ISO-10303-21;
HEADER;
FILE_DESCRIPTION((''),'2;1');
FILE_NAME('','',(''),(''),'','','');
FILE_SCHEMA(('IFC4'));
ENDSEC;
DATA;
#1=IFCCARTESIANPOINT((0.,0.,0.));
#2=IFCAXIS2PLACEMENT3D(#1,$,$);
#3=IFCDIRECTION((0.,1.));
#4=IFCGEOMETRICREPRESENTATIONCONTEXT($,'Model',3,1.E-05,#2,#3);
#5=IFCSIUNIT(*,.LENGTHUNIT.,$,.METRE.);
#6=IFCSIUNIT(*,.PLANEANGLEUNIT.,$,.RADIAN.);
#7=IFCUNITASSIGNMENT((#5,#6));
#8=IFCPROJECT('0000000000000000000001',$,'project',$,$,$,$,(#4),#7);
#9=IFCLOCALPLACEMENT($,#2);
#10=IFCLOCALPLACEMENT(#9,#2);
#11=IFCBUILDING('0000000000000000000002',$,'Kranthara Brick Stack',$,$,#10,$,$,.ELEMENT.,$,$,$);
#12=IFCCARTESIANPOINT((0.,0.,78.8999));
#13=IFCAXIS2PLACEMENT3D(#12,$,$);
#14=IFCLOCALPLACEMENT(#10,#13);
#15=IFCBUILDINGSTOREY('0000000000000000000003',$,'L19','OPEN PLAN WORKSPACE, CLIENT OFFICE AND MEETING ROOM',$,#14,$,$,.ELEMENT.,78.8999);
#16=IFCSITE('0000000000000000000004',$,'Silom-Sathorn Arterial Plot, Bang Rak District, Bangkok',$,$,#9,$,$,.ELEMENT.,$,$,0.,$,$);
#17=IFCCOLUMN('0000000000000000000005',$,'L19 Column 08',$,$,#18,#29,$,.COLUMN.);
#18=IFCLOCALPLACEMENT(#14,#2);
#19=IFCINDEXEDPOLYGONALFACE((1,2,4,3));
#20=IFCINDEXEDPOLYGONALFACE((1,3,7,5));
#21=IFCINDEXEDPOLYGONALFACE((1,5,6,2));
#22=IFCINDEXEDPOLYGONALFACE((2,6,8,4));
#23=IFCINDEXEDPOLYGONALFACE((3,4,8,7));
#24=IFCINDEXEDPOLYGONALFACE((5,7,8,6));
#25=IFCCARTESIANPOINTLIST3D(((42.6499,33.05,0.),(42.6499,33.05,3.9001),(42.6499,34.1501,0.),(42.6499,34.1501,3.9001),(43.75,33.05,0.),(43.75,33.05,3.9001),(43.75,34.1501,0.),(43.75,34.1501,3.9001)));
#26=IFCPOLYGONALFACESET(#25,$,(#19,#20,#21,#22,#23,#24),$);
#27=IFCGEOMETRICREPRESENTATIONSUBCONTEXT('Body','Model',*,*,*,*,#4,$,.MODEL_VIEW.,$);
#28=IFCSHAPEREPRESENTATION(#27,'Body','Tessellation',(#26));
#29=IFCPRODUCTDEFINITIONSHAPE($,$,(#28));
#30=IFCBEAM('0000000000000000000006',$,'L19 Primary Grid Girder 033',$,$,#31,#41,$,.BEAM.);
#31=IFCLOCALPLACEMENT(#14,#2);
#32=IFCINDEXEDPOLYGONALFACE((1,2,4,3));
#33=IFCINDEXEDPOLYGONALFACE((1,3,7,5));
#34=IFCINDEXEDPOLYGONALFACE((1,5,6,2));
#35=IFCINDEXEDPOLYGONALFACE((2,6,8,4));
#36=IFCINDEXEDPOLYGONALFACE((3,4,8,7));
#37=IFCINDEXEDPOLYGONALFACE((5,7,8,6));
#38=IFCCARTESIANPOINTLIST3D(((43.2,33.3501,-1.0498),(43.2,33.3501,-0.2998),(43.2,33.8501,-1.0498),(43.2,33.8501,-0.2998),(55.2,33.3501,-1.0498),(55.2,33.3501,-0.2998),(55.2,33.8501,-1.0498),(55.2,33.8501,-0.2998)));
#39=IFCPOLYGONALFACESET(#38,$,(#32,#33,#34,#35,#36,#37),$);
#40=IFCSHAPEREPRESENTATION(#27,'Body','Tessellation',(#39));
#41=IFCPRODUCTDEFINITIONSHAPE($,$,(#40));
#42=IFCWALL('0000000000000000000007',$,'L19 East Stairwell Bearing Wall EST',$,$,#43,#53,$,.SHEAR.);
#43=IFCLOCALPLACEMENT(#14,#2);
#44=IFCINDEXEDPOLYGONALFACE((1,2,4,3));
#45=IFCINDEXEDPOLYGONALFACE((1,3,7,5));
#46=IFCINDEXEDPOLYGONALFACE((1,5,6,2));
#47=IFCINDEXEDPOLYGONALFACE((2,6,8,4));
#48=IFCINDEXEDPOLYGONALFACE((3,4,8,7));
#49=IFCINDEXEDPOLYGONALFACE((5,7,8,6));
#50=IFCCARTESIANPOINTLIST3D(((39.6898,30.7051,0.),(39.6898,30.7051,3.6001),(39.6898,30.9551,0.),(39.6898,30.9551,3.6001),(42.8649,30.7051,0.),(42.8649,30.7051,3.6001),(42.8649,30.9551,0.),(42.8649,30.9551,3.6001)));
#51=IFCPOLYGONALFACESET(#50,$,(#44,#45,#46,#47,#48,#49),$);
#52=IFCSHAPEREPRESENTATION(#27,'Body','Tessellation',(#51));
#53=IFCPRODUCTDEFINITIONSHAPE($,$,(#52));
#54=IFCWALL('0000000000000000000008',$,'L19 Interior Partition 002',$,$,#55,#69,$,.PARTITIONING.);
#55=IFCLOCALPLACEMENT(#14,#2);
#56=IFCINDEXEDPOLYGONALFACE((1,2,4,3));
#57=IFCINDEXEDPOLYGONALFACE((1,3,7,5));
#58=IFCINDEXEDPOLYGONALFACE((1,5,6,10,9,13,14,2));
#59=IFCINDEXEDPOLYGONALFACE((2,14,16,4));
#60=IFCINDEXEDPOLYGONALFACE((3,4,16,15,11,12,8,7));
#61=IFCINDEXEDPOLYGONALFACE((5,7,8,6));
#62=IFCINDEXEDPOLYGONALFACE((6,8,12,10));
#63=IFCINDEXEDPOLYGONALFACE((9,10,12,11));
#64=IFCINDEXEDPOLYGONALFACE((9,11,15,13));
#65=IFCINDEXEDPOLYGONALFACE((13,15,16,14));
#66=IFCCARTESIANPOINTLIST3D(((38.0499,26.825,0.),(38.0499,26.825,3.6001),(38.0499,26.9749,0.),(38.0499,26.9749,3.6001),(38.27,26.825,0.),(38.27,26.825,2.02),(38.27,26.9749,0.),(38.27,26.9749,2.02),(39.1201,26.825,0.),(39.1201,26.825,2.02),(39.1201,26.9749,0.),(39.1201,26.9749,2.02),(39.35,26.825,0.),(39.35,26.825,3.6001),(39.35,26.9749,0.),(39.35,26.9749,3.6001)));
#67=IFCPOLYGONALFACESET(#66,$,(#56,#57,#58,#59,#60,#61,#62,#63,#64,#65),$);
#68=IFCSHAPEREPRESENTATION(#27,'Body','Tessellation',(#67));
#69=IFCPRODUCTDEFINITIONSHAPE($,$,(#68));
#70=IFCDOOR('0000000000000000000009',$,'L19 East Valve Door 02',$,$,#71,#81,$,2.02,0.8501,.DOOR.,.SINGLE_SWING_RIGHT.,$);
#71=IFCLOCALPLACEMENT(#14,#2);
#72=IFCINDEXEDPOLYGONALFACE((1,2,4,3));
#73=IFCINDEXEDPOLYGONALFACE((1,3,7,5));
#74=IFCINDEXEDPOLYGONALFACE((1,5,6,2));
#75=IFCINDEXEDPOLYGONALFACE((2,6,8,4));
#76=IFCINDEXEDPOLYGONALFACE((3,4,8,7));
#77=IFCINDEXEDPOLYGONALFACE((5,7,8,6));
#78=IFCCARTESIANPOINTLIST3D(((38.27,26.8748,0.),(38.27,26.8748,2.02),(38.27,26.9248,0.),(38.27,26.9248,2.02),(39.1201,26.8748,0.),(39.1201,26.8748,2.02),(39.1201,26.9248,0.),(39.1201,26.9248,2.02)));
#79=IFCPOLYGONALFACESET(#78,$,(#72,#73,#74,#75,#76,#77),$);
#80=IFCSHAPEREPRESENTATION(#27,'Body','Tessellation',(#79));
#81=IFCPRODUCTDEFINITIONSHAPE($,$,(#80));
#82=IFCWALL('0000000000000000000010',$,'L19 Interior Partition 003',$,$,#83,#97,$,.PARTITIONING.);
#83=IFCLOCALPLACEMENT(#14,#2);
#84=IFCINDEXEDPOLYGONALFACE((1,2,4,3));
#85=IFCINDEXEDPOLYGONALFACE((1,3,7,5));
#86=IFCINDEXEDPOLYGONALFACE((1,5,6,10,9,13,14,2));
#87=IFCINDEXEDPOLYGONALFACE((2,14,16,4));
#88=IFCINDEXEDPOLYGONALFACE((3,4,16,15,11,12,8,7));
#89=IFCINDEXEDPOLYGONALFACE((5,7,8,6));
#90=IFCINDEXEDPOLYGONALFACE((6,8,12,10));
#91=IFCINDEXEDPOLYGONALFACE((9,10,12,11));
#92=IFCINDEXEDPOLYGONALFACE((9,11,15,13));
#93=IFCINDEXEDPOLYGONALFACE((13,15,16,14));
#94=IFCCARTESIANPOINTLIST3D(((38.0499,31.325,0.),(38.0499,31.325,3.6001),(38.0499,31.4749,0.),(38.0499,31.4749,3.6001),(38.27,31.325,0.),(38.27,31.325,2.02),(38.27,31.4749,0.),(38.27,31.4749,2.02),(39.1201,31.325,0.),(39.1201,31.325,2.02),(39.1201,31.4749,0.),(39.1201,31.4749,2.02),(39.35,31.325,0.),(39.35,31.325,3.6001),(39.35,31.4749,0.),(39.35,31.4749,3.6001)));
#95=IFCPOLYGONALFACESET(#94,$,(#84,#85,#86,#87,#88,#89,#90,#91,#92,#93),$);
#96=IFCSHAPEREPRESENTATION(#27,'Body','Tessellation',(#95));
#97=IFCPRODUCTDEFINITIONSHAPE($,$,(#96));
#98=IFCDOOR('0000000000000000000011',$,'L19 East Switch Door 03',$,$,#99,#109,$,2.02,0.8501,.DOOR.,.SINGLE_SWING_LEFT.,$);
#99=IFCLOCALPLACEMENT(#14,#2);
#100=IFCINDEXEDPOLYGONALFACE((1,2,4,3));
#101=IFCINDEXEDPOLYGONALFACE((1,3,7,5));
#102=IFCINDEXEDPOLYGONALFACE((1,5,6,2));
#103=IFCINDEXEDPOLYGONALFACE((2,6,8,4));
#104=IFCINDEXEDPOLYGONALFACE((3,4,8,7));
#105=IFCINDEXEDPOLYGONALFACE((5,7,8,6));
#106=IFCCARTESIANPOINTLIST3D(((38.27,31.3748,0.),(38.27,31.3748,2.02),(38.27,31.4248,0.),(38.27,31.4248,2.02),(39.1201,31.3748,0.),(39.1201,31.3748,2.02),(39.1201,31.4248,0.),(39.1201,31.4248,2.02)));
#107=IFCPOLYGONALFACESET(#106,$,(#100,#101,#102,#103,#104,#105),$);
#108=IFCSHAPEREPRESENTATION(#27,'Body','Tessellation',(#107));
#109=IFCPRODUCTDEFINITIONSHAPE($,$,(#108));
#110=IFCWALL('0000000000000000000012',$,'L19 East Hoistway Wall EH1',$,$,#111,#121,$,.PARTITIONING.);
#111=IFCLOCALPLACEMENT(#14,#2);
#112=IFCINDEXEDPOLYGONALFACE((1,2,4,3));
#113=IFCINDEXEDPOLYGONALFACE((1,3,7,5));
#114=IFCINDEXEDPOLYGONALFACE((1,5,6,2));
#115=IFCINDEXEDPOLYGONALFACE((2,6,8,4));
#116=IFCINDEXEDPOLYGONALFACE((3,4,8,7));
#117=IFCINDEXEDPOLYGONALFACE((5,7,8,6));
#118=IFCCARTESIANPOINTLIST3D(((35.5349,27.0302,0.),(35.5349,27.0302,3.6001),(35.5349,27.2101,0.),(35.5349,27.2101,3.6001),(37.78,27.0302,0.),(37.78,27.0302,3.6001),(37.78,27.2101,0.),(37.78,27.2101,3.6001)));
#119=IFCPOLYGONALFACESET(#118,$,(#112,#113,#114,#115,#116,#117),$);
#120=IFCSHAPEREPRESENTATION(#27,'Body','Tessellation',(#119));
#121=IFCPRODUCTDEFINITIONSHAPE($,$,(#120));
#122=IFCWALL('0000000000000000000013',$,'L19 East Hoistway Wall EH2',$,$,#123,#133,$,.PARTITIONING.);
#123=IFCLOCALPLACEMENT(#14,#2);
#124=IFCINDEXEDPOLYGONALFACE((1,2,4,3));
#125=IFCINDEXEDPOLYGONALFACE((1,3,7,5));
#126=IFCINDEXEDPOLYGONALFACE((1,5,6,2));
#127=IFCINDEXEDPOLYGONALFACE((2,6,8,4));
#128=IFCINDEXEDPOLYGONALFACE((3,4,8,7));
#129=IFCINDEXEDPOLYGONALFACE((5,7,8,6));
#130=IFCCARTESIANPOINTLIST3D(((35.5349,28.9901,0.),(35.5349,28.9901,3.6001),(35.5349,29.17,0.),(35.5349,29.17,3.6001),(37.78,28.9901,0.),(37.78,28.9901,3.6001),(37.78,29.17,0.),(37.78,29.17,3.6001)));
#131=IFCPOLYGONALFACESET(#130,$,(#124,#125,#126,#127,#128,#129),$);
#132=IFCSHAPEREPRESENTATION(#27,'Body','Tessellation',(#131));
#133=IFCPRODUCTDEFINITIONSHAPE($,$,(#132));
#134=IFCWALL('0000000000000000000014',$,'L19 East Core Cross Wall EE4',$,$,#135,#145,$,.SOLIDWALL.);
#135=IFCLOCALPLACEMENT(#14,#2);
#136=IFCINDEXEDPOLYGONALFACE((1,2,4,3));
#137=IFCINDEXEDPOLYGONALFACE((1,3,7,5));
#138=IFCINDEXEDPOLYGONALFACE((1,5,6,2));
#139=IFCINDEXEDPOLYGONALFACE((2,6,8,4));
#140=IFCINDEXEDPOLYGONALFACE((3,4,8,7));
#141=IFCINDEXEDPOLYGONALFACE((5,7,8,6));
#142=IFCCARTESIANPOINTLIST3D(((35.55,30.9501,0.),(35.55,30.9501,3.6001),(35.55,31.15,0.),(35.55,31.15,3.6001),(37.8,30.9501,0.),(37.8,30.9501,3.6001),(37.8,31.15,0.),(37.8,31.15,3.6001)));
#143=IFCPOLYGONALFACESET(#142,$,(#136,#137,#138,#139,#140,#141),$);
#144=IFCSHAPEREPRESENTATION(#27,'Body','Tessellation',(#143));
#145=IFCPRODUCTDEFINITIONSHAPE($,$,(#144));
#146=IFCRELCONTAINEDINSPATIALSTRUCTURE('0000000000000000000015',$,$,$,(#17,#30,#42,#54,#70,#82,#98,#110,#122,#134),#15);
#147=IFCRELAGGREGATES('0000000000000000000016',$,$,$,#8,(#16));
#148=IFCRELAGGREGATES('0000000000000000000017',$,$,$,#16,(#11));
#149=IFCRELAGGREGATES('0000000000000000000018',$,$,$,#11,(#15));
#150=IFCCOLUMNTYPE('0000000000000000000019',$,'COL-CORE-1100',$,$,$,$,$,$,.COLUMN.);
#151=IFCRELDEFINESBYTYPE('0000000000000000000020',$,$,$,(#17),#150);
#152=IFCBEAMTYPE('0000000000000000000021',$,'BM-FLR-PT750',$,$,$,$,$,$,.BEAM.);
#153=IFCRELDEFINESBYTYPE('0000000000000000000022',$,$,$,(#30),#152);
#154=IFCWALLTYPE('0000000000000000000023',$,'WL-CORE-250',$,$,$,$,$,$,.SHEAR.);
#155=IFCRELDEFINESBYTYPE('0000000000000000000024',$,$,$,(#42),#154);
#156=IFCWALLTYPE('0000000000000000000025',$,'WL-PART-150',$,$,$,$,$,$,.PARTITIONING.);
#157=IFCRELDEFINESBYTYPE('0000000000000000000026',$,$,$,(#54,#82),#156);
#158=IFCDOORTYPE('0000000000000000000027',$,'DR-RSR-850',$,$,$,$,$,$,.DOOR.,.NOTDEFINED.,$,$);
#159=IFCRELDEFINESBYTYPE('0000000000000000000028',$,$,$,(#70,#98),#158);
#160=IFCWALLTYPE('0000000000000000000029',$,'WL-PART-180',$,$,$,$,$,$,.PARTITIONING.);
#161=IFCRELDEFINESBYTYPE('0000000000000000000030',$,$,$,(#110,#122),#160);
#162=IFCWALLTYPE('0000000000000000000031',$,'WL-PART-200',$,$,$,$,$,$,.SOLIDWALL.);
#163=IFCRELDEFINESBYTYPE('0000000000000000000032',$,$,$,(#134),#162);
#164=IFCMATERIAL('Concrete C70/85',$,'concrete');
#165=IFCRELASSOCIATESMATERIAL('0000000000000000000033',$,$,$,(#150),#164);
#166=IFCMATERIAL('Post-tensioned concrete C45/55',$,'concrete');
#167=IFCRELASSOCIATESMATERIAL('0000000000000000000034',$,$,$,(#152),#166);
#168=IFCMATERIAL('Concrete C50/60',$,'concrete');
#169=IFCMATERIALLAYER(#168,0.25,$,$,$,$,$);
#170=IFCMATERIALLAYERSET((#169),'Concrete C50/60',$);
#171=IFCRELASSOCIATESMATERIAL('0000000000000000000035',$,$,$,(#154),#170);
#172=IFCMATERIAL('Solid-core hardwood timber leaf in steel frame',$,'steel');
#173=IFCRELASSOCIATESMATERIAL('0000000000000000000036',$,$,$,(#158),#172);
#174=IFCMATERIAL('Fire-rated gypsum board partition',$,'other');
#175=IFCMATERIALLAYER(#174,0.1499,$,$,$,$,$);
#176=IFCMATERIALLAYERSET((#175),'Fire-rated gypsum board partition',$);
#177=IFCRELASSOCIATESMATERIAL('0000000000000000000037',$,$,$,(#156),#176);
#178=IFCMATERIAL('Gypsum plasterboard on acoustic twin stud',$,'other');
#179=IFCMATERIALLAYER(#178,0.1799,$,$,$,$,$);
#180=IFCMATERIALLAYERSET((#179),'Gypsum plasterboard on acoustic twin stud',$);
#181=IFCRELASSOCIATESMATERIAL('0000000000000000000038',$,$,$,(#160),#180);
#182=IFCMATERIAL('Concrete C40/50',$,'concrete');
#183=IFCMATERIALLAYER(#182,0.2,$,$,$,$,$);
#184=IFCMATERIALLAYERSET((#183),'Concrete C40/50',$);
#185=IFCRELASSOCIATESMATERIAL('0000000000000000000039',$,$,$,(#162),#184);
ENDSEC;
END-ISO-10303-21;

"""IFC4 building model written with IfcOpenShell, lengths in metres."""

from ifc_helpers import new_model, si_unit, direction, frame, frame_2d, origin, origin_2d, place, context, subcontext, project, spatial, rectangle, extrude, material, layer, layer_set, material_profile, profile_set, type_object, element, fill, save


model = new_model("IFC4")

# Units and contexts
model_context = context("Model", 3, precision=1e-05, world=origin(), true_north=direction((0.0, 1.0)))
body_context = subcontext(model_context, "Body", "Model", "MODEL_VIEW")
ifc_project = project(units=[si_unit("LENGTHUNIT", "METRE"), si_unit("PLANEANGLEUNIT", "RADIAN")], contexts=[model_context])

# Site, building, storey
site_placement = place(None, origin())
site = spatial("IfcSite", under=ifc_project, at=site_placement, Name="Silom-Sathorn Arterial Plot, Bang Rak District, Bangkok", CompositionType="ELEMENT", RefElevation=0.0)
building_placement = place(site_placement, origin())
building = spatial("IfcBuilding", under=site, at=building_placement, Name="Kranthara Brick Stack", CompositionType="ELEMENT")
storey_placement = place(building_placement, frame((0.0, 0.0, 78.8999)))
storey = spatial("IfcBuildingStorey", under=building, at=storey_placement, Name="L19", Description="OPEN PLAN WORKSPACE, CLIENT OFFICE AND MEETING ROOM", CompositionType="ELEMENT", Elevation=78.8999)

# Column
ifc_material_1 = material(Name="Concrete C70/85", Category="concrete")
ifc_material_profile_1 = material_profile(ifc_material_1, rectangle(XDim=1.1001, YDim=1.1001, at=origin_2d()), Name="RC 1100x1100")
ifc_profile_set_1 = profile_set([ifc_material_profile_1], Name="Concrete C70/85")
column_type = type_object("IfcColumnType", Name="COL-CORE-1100", PredefinedType="COLUMN", material=ifc_profile_set_1)
column_placement = place(storey_placement, frame((43.2, 33.6001, 0.0), z_axis=(0.0, 0.0, 1.0), x_axis=(1.0, 0.0, 0.0)))
element("IfcColumn", 1, at=column_placement, inside=storey, type_object=column_type, Name="L19 Column 08", PredefinedType="COLUMN", context=body_context, shape_type="SweptSolid", body=[
    extrude(rectangle(XDim=1.1001, YDim=1.1001, at=origin_2d()), origin(), (0.0, 0.0, 1.0), 3.9001),
])

# Beam
ifc_material_2 = material(Name="Post-tensioned concrete C45/55", Category="concrete")
ifc_material_profile_2 = material_profile(ifc_material_2, rectangle(XDim=0.5, YDim=0.75, at=origin_2d()), Name="PT 500x750")
ifc_profile_set_2 = profile_set([ifc_material_profile_2], Name="Post-tensioned concrete C45/55")
beam_type = type_object("IfcBeamType", Name="BM-FLR-PT750", PredefinedType="BEAM", material=ifc_profile_set_2)
beam_placement = place(storey_placement, frame((43.2, 33.6001, -0.6748), z_axis=(1.0, 0.0, 0.0), x_axis=(0.0, 1.0, 0.0)))
element("IfcBeam", 2, at=beam_placement, inside=storey, type_object=beam_type, Name="L19 Primary Grid Girder 033", PredefinedType="BEAM", context=body_context, shape_type="SweptSolid", body=[
    extrude(rectangle(XDim=0.5, YDim=0.75, at=origin_2d()), origin(), (0.0, 0.0, 1.0), 12.0),
])

# Wall
ifc_material_3 = material(Name="Concrete C50/60", Category="concrete")
ifc_layer_1 = layer(ifc_material_3, 0.25)
ifc_layer_set_1 = layer_set([ifc_layer_1], Name="Concrete C50/60")
wall_type_1 = type_object("IfcWallType", Name="WL-CORE-250", PredefinedType="SHEAR", material=ifc_layer_set_1)
wall_1_placement = place(storey_placement, frame((39.6899, 30.8301, 0.0), z_axis=(0.0, 0.0, 1.0), x_axis=(1.0, 0.0, 0.0)))
element("IfcWall", 3, at=wall_1_placement, inside=storey, type_object=wall_type_1, Name="L19 East Stairwell Bearing Wall EST", PredefinedType="SHEAR", context=body_context, shape_type="SweptSolid", body=[
    extrude(rectangle(XDim=3.175, YDim=0.25, at=frame_2d((1.5874, 0.0))), origin(), (0.0, 0.0, 1.0), 3.6001),
])

# Shared definitions
ifc_material_4 = material(Name="Solid-core hardwood timber leaf in steel frame", Category="steel")
door_type_1 = type_object("IfcDoorType", Name="DR-RSR-850", OperationType="NOTDEFINED", PredefinedType="DOOR", material=ifc_material_4)

# Walls, openings, doors
ifc_material_5 = material(Name="Fire-rated gypsum board partition", Category="other")
ifc_layer_2 = layer(ifc_material_5, 0.1499)
ifc_layer_set_2 = layer_set([ifc_layer_2], Name="Fire-rated gypsum board partition")
wall_type_2 = type_object("IfcWallType", Name="WL-PART-150", PredefinedType="PARTITIONING", material=ifc_layer_set_2)
wall_2_placement = place(storey_placement, frame((38.05, 26.8999, 0.0), z_axis=(0.0, 0.0, 1.0), x_axis=(1.0, 0.0, 0.0)))
wall_2 = element("IfcWall", 4, at=wall_2_placement, inside=storey, type_object=wall_type_2, Name="L19 Interior Partition 002", PredefinedType="PARTITIONING", context=body_context, shape_type="SweptSolid", body=[
    extrude(rectangle(XDim=1.3, YDim=0.1499, at=frame_2d((0.6499, 0.0))), origin(), (0.0, 0.0, 1.0), 3.6001),
])
opening_1_placement = place(wall_2_placement, frame((0.22, 0.0, 0.0)))
opening_1 = element("IfcOpeningElement", 5, at=opening_1_placement, cuts=wall_2, PredefinedType="OPENING", context=body_context, shape_type="SweptSolid", body=[
    extrude(rectangle(XDim=0.8501, YDim=2.02, at=frame_2d((0.425, 1.01))), frame((0.0, 0.085, 0.0), z_axis=(0.0, -1.0, 0.0), x_axis=(1.0, 0.0, 0.0)), (0.0, 0.0, 1.0), 0.1699),
])
door_1_placement = place(opening_1_placement, origin())
door_1 = element("IfcDoor", 6, at=door_1_placement, inside=storey, type_object=door_type_1, Name="L19 East Valve Door 02", OperationType="SINGLE_SWING_RIGHT", OverallHeight=2.02, OverallWidth=0.8501, PredefinedType="DOOR", context=body_context, shape_type="SweptSolid", body=[
    extrude(rectangle(XDim=0.8501, YDim=2.02, at=frame_2d((0.425, 1.01))), frame((0.0, 0.0249, 0.0), z_axis=(0.0, -1.0, 0.0), x_axis=(1.0, 0.0, 0.0)), (0.0, 0.0, 1.0), 0.05),
])
fill(opening_1, door_1)
wall_3_placement = place(storey_placement, frame((38.05, 31.3999, 0.0), z_axis=(0.0, 0.0, 1.0), x_axis=(1.0, 0.0, 0.0)))
wall_3 = element("IfcWall", 7, at=wall_3_placement, inside=storey, type_object=wall_type_2, Name="L19 Interior Partition 003", PredefinedType="PARTITIONING", context=body_context, shape_type="SweptSolid", body=[
    extrude(rectangle(XDim=1.3, YDim=0.1499, at=frame_2d((0.6499, 0.0))), origin(), (0.0, 0.0, 1.0), 3.6001),
])
opening_2_placement = place(wall_3_placement, frame((0.22, 0.0, 0.0)))
opening_2 = element("IfcOpeningElement", 8, at=opening_2_placement, cuts=wall_3, PredefinedType="OPENING", context=body_context, shape_type="SweptSolid", body=[
    extrude(rectangle(XDim=0.8501, YDim=2.02, at=frame_2d((0.425, 1.01))), frame((0.0, 0.085, 0.0), z_axis=(0.0, -1.0, 0.0), x_axis=(1.0, 0.0, 0.0)), (0.0, 0.0, 1.0), 0.1699),
])
door_2_placement = place(opening_2_placement, origin())
door_2 = element("IfcDoor", 9, at=door_2_placement, inside=storey, type_object=door_type_1, Name="L19 East Switch Door 03", OperationType="SINGLE_SWING_LEFT", OverallHeight=2.02, OverallWidth=0.8501, PredefinedType="DOOR", context=body_context, shape_type="SweptSolid", body=[
    extrude(rectangle(XDim=0.8501, YDim=2.02, at=frame_2d((0.425, 1.01))), frame((0.0, 0.0249, 0.0), z_axis=(0.0, -1.0, 0.0), x_axis=(1.0, 0.0, 0.0)), (0.0, 0.0, 1.0), 0.05),
])
fill(opening_2, door_2)

# Walls
ifc_material_6 = material(Name="Gypsum plasterboard on acoustic twin stud", Category="other")
ifc_layer_3 = layer(ifc_material_6, 0.1799)
ifc_layer_set_3 = layer_set([ifc_layer_3], Name="Gypsum plasterboard on acoustic twin stud")
wall_type_3 = type_object("IfcWallType", Name="WL-PART-180", PredefinedType="PARTITIONING", material=ifc_layer_set_3)
for number, where, z_axis, x_axis, name in (
    (10, (35.5349, 27.1201, 0.0), (0.0, 0.0, 1.0), (1.0, 0.0, 0.0), "L19 East Hoistway Wall EH1"),
    (11, (35.5349, 29.0801, 0.0), (0.0, 0.0, 1.0), (1.0, 0.0, 0.0), "L19 East Hoistway Wall EH2"),
):
    element("IfcWall", number, at=place(storey_placement, frame(where, z_axis=z_axis, x_axis=x_axis)), inside=storey, type_object=wall_type_3, Name=name, PredefinedType="PARTITIONING", context=body_context, shape_type="SweptSolid", body=[
        extrude(rectangle(XDim=2.2451, YDim=0.1799, at=frame_2d((1.1226, 0.0))), origin(), (0.0, 0.0, 1.0), 3.6001),
    ])
ifc_material_7 = material(Name="Concrete C40/50", Category="concrete")
ifc_layer_4 = layer(ifc_material_7, 0.2)
ifc_layer_set_4 = layer_set([ifc_layer_4], Name="Concrete C40/50")
wall_type_4 = type_object("IfcWallType", Name="WL-PART-200", PredefinedType="SOLIDWALL", material=ifc_layer_set_4)
wall_4_placement = place(storey_placement, frame((35.55, 31.05, 0.0), z_axis=(0.0, 0.0, 1.0), x_axis=(1.0, 0.0, 0.0)))
element("IfcWall", 12, at=wall_4_placement, inside=storey, type_object=wall_type_4, Name="L19 East Core Cross Wall EE4", PredefinedType="SOLIDWALL", context=body_context, shape_type="SweptSolid", body=[
    extrude(rectangle(XDim=2.25, YDim=0.2, at=frame_2d((1.125, 0.0))), origin(), (0.0, 0.0, 1.0), 3.6001),
])

save(model, "model.ifc")
